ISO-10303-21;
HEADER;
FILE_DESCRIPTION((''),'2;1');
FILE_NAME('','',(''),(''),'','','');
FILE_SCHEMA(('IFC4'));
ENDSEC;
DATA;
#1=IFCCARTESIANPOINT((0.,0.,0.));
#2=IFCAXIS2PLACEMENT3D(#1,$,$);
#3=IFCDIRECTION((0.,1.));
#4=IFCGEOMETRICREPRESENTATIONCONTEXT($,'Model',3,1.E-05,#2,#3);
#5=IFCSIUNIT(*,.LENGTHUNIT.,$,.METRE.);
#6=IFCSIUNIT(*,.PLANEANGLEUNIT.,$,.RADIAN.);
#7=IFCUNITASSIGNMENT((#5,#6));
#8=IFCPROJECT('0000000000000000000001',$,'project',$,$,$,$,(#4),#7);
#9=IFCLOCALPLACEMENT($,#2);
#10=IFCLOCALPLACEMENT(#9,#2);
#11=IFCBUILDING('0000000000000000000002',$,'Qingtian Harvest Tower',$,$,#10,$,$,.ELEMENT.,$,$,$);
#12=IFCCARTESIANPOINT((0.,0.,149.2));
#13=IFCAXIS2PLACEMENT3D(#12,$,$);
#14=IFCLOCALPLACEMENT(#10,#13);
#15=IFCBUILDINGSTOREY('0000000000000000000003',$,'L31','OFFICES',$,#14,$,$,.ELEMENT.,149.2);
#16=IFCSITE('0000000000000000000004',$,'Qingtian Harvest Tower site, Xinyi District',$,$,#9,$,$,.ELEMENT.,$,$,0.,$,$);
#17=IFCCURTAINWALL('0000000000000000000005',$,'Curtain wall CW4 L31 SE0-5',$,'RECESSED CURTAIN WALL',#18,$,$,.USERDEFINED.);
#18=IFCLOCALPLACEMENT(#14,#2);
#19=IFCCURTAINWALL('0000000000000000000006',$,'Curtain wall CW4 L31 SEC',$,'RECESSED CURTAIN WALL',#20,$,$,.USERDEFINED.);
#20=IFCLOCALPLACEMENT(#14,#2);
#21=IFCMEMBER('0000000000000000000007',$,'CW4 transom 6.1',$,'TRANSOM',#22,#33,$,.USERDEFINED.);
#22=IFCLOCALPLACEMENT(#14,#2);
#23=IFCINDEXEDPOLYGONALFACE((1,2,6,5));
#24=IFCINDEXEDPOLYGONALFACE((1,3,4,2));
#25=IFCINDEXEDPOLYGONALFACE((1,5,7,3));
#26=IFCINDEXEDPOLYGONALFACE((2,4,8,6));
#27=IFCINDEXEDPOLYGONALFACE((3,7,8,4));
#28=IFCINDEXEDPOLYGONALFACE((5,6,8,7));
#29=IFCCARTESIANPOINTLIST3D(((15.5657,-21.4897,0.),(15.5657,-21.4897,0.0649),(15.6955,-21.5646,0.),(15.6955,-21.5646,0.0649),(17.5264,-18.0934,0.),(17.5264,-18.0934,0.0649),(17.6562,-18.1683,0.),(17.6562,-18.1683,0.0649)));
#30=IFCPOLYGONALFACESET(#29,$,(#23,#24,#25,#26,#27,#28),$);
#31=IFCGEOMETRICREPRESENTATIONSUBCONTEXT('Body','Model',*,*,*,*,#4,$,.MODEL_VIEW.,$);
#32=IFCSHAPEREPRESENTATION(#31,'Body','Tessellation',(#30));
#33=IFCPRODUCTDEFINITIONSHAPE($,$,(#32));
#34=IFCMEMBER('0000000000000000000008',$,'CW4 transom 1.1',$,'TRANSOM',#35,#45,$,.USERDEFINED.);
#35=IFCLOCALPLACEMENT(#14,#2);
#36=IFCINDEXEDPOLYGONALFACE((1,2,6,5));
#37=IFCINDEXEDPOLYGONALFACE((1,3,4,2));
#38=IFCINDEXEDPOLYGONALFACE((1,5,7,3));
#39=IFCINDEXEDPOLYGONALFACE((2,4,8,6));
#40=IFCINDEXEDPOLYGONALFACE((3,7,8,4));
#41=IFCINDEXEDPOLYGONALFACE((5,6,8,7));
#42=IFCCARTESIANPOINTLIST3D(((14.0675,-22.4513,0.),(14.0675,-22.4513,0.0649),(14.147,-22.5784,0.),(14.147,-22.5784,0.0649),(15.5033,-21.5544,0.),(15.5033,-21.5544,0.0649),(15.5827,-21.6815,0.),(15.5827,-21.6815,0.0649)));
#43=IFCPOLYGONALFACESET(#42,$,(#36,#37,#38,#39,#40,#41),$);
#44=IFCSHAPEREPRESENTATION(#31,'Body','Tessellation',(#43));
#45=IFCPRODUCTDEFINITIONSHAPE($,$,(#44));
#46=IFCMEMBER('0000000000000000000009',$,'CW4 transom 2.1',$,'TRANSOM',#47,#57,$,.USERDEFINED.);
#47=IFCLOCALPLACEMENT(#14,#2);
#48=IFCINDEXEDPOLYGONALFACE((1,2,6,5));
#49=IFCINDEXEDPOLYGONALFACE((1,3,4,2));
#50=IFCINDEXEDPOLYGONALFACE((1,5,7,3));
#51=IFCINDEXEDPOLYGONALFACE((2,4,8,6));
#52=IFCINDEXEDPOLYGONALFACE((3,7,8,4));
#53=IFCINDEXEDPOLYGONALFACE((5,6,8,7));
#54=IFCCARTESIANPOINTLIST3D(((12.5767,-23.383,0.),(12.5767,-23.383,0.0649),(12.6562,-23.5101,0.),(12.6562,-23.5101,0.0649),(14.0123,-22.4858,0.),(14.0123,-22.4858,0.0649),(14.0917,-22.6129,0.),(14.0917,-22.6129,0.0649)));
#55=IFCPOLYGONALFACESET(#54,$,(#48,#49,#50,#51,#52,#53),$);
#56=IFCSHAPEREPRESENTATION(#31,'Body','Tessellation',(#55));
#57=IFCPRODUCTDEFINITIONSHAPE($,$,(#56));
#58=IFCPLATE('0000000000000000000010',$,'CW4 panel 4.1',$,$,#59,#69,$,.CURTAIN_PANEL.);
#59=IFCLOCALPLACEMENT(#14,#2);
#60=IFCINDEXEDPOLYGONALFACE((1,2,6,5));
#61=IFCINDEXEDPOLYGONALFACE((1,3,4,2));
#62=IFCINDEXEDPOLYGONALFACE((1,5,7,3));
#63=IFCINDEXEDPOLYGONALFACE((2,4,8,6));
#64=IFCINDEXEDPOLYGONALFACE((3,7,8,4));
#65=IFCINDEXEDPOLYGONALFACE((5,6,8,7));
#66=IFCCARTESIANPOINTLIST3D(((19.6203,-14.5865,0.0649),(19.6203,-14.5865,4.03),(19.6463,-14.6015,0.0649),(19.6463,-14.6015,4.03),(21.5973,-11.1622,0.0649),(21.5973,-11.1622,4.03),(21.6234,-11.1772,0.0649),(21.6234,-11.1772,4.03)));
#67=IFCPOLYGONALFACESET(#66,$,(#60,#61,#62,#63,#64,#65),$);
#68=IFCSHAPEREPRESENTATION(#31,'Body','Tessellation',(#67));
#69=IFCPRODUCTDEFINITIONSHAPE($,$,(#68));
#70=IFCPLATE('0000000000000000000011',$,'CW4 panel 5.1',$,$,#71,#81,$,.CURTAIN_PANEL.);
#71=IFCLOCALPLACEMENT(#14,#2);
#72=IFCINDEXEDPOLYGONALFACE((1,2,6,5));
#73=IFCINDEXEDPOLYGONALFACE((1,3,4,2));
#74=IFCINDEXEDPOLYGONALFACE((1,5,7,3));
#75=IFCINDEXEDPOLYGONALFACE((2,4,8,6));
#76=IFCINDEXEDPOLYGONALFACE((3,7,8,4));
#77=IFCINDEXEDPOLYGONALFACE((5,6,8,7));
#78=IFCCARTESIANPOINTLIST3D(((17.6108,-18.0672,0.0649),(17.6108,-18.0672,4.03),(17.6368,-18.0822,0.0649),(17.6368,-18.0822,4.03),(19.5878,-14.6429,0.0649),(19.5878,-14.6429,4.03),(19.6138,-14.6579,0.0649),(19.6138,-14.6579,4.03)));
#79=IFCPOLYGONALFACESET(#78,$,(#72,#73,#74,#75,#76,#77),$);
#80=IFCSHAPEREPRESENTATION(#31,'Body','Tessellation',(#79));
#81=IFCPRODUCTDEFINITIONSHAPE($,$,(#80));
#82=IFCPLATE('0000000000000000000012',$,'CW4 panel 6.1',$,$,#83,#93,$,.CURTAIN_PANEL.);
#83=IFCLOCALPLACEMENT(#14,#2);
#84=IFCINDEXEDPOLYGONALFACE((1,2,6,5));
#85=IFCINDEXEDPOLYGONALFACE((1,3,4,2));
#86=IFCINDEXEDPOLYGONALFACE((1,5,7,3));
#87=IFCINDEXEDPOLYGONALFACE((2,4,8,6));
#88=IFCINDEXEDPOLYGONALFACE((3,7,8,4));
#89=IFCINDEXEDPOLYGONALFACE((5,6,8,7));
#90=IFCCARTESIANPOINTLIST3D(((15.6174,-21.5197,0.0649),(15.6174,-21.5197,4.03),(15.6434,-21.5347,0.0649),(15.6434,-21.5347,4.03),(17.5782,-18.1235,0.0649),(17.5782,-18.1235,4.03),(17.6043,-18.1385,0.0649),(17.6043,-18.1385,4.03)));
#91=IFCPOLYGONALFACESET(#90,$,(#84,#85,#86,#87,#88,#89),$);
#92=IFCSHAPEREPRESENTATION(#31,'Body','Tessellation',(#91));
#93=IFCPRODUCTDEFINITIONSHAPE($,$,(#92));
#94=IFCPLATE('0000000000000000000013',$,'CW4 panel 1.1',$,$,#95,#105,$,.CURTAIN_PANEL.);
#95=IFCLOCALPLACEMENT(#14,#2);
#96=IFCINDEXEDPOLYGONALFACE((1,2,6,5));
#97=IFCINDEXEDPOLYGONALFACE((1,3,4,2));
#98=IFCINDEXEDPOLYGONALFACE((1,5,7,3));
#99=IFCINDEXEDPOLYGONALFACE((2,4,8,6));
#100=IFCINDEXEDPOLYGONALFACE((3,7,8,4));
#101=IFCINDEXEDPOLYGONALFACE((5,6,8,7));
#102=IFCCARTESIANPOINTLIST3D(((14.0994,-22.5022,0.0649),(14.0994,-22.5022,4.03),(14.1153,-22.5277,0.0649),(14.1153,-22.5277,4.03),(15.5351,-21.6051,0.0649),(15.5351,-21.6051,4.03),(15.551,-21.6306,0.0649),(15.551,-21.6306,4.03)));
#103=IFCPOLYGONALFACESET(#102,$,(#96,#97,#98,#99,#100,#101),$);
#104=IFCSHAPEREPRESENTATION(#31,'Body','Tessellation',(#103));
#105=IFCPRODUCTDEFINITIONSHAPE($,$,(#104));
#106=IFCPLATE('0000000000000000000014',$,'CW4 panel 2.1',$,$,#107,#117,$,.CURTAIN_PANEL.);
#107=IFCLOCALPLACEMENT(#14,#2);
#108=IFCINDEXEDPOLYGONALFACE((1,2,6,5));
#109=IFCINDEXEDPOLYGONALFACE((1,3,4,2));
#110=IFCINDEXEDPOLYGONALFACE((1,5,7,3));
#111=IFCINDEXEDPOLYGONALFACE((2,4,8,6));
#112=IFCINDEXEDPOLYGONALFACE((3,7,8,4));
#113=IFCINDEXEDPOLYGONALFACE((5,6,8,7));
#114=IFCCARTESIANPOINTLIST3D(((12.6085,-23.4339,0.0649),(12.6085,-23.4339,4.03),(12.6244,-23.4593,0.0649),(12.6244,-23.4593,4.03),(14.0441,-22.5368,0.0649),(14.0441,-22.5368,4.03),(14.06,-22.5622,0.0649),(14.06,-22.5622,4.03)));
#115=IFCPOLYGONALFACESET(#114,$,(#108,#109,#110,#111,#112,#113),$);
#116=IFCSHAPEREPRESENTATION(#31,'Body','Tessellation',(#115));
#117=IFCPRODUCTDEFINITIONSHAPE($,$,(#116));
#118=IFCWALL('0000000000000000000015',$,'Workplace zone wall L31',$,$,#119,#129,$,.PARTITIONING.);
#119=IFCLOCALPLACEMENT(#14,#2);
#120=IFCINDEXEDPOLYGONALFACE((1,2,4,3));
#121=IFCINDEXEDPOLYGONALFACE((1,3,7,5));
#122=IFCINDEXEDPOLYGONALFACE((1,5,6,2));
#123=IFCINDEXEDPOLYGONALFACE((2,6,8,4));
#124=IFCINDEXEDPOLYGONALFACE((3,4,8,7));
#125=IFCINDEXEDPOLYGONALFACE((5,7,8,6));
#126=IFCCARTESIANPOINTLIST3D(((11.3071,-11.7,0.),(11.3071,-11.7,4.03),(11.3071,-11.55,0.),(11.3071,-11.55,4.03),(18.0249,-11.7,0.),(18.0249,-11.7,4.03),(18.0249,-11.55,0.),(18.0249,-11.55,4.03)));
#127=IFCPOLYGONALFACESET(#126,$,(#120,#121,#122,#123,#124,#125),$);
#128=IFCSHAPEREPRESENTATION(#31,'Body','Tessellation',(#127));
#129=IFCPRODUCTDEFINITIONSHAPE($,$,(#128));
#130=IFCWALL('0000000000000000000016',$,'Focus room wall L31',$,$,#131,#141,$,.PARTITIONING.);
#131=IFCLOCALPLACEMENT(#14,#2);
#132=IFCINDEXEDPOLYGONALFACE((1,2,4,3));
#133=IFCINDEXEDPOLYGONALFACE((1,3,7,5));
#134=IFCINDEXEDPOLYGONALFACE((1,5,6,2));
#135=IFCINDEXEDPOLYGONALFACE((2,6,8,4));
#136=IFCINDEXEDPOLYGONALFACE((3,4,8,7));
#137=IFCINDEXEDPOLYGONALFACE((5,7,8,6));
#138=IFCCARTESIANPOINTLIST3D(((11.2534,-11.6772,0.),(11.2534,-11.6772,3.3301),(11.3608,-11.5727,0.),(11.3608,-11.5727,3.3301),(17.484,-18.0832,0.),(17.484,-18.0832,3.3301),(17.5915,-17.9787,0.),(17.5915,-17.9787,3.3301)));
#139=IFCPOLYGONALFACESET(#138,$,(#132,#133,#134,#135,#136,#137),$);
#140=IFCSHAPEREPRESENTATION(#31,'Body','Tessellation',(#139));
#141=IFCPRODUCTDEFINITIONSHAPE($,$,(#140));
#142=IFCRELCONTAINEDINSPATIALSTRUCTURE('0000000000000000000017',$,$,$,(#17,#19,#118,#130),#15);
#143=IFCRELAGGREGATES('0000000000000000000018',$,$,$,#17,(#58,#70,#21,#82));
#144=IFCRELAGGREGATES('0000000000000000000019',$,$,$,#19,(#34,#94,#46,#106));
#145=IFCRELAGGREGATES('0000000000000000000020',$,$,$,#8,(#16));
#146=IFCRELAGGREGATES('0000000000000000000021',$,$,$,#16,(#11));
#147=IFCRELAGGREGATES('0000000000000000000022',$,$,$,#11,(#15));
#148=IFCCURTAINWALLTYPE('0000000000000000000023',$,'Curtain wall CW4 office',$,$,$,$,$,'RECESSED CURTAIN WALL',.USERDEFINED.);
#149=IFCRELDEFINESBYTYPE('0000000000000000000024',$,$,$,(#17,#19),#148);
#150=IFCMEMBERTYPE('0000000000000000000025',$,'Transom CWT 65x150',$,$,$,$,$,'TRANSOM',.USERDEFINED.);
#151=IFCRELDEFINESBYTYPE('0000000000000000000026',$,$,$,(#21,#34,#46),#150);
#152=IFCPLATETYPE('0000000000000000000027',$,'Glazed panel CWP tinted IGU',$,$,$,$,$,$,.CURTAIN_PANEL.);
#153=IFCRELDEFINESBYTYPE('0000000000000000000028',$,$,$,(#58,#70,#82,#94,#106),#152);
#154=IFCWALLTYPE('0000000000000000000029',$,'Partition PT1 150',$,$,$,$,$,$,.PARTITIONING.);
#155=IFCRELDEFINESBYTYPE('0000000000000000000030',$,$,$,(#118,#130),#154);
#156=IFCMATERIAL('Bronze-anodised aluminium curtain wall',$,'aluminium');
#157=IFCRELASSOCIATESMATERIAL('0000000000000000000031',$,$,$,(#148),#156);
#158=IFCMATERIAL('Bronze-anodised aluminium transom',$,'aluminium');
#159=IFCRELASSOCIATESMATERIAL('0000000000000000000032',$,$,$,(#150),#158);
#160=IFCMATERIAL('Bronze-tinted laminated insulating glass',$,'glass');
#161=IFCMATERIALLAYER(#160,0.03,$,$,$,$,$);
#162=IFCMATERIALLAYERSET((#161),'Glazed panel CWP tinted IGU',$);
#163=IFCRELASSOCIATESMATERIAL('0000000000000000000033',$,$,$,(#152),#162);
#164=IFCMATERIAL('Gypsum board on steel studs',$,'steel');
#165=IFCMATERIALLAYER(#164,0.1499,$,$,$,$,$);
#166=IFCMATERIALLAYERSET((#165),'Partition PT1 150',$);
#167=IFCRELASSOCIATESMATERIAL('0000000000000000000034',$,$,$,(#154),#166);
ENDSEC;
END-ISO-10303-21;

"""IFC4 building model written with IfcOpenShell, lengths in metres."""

from ifc_helpers import new_model, si_unit, direction, frame, frame_2d, origin, origin_2d, place, context, subcontext, project, spatial, rectangle, extrude, material, layer, layer_set, material_profile, profile_set, type_object, element, aggregate, save


model = new_model("IFC4")

# Units and contexts
model_context = context("Model", 3, precision=1e-05, world=origin(), true_north=direction((0.0, 1.0)))
body_context = subcontext(model_context, "Body", "Model", "MODEL_VIEW")
ifc_project = project(units=[si_unit("LENGTHUNIT", "METRE"), si_unit("PLANEANGLEUNIT", "RADIAN")], contexts=[model_context])

# Site, building, storey
site_placement = place(None, origin())
site = spatial("IfcSite", under=ifc_project, at=site_placement, Name="Qingtian Harvest Tower site, Xinyi District", CompositionType="ELEMENT", RefElevation=0.0)
building_placement = place(site_placement, origin())
building = spatial("IfcBuilding", under=site, at=building_placement, Name="Qingtian Harvest Tower", CompositionType="ELEMENT")
storey_placement = place(building_placement, frame((0.0, 0.0, 149.2)))
storey = spatial("IfcBuildingStorey", under=building, at=storey_placement, Name="L31", Description="OFFICES", CompositionType="ELEMENT", Elevation=149.2)

# Curtain walls
ifc_material_1 = material(Name="Bronze-anodised aluminium curtain wall", Category="aluminium")
curtain_wall_type = type_object("IfcCurtainWallType", Name="Curtain wall CW4 office", ElementType="RECESSED CURTAIN WALL", PredefinedType="USERDEFINED", material=ifc_material_1)
curtain_wall_1_placement = place(storey_placement, origin())
curtain_wall_1 = element("IfcCurtainWall", 1, at=curtain_wall_1_placement, inside=storey, type_object=curtain_wall_type, Name="Curtain wall CW4 L31 SE0-5", ObjectType="RECESSED CURTAIN WALL", PredefinedType="USERDEFINED")
curtain_wall_2_placement = place(storey_placement, origin())
curtain_wall_2 = element("IfcCurtainWall", 2, at=curtain_wall_2_placement, inside=storey, type_object=curtain_wall_type, Name="Curtain wall CW4 L31 SEC", ObjectType="RECESSED CURTAIN WALL", PredefinedType="USERDEFINED")

# Members
ifc_material_2 = material(Name="Bronze-anodised aluminium transom", Category="aluminium")
ifc_material_profile_1 = material_profile(ifc_material_2, rectangle(XDim=0.1499, YDim=0.0649, at=origin_2d()), Name="AL 65x150")
ifc_profile_set_1 = profile_set([ifc_material_profile_1], Name="Bronze-anodised aluminium transom")
member_type_1 = type_object("IfcMemberType", Name="Transom CWT 65x150", ElementType="TRANSOM", PredefinedType="USERDEFINED", material=ifc_profile_set_1)
member_1_placement = place(storey_placement, frame((17.5913, -18.1309, 0.0325), z_axis=(-0.499976, -0.866039, 0.0), x_axis=(0.866039, -0.499976, 0.0)))
member_1 = element("IfcMember", 3, at=member_1_placement, type_object=member_type_1, Name="CW4 transom 6.1", ObjectType="TRANSOM", PredefinedType="USERDEFINED", context=body_context, shape_type="SweptSolid", body=[
    extrude(rectangle(XDim=0.1499, YDim=0.0649, at=origin_2d()), origin(), (0.0, 0.0, 1.0), 3.9216),
])
member_2_placement = place(storey_placement, frame((15.543, -21.6179, 0.0325), z_axis=(-0.848104, -0.52983, 0.0), x_axis=(0.52983, -0.848104, 0.0)))
member_2 = element("IfcMember", 4, at=member_2_placement, type_object=member_type_1, Name="CW4 transom 1.1", ObjectType="TRANSOM", PredefinedType="USERDEFINED", context=body_context, shape_type="SweptSolid", body=[
    extrude(rectangle(XDim=0.1499, YDim=0.0649, at=origin_2d()), origin(), (0.0, 0.0, 1.0), 1.6929),
])
member_3_placement = place(storey_placement, frame((14.052, -22.5493, 0.0325), z_axis=(-0.847998, -0.529999, 0.0), x_axis=(0.529999, -0.847998, 0.0)))
member_3 = element("IfcMember", 5, at=member_3_placement, type_object=member_type_1, Name="CW4 transom 2.1", ObjectType="TRANSOM", PredefinedType="USERDEFINED", context=body_context, shape_type="SweptSolid", body=[
    extrude(rectangle(XDim=0.1499, YDim=0.0649, at=origin_2d()), origin(), (0.0, 0.0, 1.0), 1.6929),
])

# Plates
ifc_material_3 = material(Name="Bronze-tinted laminated insulating glass", Category="glass")
ifc_layer_1 = layer(ifc_material_3, 0.03)
ifc_layer_set_1 = layer_set([ifc_layer_1], Name="Glazed panel CWP tinted IGU")
plate_type = type_object("IfcPlateType", Name="Glazed panel CWP tinted IGU", PredefinedType="CURTAIN_PANEL", material=ifc_layer_set_1)
plate_1_placement = place(storey_placement, frame((20.6218, -12.8818, 0.0649), z_axis=(0.0, 0.0, 1.0), x_axis=(-0.5, -0.866025, 0.0)))
plate_1 = element("IfcPlate", 6, at=plate_1_placement, type_object=plate_type, Name="CW4 panel 4.1", PredefinedType="CURTAIN_PANEL", context=body_context, shape_type="SweptSolid", body=[
    extrude(rectangle(XDim=3.9541, YDim=0.03, at=origin_2d()), origin(), (0.0, 0.0, 1.0), 3.9651),
])
plate_2_placement = place(storey_placement, frame((18.6123, -16.3625, 0.0649), z_axis=(0.0, 0.0, 1.0), x_axis=(-0.5, -0.866025, 0.0)))
plate_2 = element("IfcPlate", 7, at=plate_2_placement, type_object=plate_type, Name="CW4 panel 5.1", PredefinedType="CURTAIN_PANEL", context=body_context, shape_type="SweptSolid", body=[
    extrude(rectangle(XDim=3.9541, YDim=0.03, at=origin_2d()), origin(), (0.0, 0.0, 1.0), 3.9651),
])
plate_3_placement = place(storey_placement, frame((16.6108, -19.8291, 0.0649), z_axis=(0.0, 0.0, 1.0), x_axis=(-0.5, -0.866025, 0.0)))
plate_3 = element("IfcPlate", 8, at=plate_3_placement, type_object=plate_type, Name="CW4 panel 6.1", PredefinedType="CURTAIN_PANEL", context=body_context, shape_type="SweptSolid", body=[
    extrude(rectangle(XDim=3.9216, YDim=0.03, at=origin_2d()), origin(), (0.0, 0.0, 1.0), 3.9651),
])
aggregate(curtain_wall_1, [plate_1, plate_2, member_1, plate_3])
plate_4_placement = place(storey_placement, frame((14.8252, -22.0664, 0.0649), z_axis=(0.0, 0.0, 1.0), x_axis=(-0.848048, -0.529919, 0.0)))
plate_4 = element("IfcPlate", 9, at=plate_4_placement, type_object=plate_type, Name="CW4 panel 1.1", PredefinedType="CURTAIN_PANEL", context=body_context, shape_type="SweptSolid", body=[
    extrude(rectangle(XDim=1.6929, YDim=0.03, at=origin_2d()), origin(), (0.0, 0.0, 1.0), 3.9651),
])
plate_5_placement = place(storey_placement, frame((13.3342, -22.998, 0.0649), z_axis=(0.0, 0.0, 1.0), x_axis=(-0.848048, -0.529919, 0.0)))
plate_5 = element("IfcPlate", 10, at=plate_5_placement, type_object=plate_type, Name="CW4 panel 2.1", PredefinedType="CURTAIN_PANEL", context=body_context, shape_type="SweptSolid", body=[
    extrude(rectangle(XDim=1.6929, YDim=0.03, at=origin_2d()), origin(), (0.0, 0.0, 1.0), 3.9651),
])
aggregate(curtain_wall_2, [member_2, plate_4, member_3, plate_5])

# Walls
ifc_material_4 = material(Name="Gypsum board on steel studs", Category="steel")
ifc_layer_2 = layer(ifc_material_4, 0.1499)
ifc_layer_set_2 = layer_set([ifc_layer_2], Name="Partition PT1 150")
wall_type = type_object("IfcWallType", Name="Partition PT1 150", PredefinedType="PARTITIONING", material=ifc_layer_set_2)
wall_1_placement = place(storey_placement, frame((18.0249, -11.625, 0.0), z_axis=(0.0, 0.0, 1.0), x_axis=(-1.0, 0.0, 0.0)))
element("IfcWall", 11, at=wall_1_placement, inside=storey, type_object=wall_type, Name="Workplace zone wall L31", PredefinedType="PARTITIONING", context=body_context, shape_type="SweptSolid", body=[
    extrude(rectangle(XDim=6.7178, YDim=0.1499, at=frame_2d((3.3589, 0.0))), origin(), (0.0, 0.0, 1.0), 4.03),
])
wall_2_placement = place(storey_placement, frame((17.5378, -18.031, 0.0), z_axis=(0.0, 0.0, 1.0), x_axis=(-0.697231, 0.716847, 0.0)))
element("IfcWall", 12, at=wall_2_placement, inside=storey, type_object=wall_type, Name="Focus room wall L31", PredefinedType="PARTITIONING", context=body_context, shape_type="SweptSolid", body=[
    extrude(rectangle(XDim=8.9363, YDim=0.1499, at=frame_2d((4.4683, 0.0))), origin(), (0.0, 0.0, 1.0), 3.3301),
])

save(model, "model.ifc")
